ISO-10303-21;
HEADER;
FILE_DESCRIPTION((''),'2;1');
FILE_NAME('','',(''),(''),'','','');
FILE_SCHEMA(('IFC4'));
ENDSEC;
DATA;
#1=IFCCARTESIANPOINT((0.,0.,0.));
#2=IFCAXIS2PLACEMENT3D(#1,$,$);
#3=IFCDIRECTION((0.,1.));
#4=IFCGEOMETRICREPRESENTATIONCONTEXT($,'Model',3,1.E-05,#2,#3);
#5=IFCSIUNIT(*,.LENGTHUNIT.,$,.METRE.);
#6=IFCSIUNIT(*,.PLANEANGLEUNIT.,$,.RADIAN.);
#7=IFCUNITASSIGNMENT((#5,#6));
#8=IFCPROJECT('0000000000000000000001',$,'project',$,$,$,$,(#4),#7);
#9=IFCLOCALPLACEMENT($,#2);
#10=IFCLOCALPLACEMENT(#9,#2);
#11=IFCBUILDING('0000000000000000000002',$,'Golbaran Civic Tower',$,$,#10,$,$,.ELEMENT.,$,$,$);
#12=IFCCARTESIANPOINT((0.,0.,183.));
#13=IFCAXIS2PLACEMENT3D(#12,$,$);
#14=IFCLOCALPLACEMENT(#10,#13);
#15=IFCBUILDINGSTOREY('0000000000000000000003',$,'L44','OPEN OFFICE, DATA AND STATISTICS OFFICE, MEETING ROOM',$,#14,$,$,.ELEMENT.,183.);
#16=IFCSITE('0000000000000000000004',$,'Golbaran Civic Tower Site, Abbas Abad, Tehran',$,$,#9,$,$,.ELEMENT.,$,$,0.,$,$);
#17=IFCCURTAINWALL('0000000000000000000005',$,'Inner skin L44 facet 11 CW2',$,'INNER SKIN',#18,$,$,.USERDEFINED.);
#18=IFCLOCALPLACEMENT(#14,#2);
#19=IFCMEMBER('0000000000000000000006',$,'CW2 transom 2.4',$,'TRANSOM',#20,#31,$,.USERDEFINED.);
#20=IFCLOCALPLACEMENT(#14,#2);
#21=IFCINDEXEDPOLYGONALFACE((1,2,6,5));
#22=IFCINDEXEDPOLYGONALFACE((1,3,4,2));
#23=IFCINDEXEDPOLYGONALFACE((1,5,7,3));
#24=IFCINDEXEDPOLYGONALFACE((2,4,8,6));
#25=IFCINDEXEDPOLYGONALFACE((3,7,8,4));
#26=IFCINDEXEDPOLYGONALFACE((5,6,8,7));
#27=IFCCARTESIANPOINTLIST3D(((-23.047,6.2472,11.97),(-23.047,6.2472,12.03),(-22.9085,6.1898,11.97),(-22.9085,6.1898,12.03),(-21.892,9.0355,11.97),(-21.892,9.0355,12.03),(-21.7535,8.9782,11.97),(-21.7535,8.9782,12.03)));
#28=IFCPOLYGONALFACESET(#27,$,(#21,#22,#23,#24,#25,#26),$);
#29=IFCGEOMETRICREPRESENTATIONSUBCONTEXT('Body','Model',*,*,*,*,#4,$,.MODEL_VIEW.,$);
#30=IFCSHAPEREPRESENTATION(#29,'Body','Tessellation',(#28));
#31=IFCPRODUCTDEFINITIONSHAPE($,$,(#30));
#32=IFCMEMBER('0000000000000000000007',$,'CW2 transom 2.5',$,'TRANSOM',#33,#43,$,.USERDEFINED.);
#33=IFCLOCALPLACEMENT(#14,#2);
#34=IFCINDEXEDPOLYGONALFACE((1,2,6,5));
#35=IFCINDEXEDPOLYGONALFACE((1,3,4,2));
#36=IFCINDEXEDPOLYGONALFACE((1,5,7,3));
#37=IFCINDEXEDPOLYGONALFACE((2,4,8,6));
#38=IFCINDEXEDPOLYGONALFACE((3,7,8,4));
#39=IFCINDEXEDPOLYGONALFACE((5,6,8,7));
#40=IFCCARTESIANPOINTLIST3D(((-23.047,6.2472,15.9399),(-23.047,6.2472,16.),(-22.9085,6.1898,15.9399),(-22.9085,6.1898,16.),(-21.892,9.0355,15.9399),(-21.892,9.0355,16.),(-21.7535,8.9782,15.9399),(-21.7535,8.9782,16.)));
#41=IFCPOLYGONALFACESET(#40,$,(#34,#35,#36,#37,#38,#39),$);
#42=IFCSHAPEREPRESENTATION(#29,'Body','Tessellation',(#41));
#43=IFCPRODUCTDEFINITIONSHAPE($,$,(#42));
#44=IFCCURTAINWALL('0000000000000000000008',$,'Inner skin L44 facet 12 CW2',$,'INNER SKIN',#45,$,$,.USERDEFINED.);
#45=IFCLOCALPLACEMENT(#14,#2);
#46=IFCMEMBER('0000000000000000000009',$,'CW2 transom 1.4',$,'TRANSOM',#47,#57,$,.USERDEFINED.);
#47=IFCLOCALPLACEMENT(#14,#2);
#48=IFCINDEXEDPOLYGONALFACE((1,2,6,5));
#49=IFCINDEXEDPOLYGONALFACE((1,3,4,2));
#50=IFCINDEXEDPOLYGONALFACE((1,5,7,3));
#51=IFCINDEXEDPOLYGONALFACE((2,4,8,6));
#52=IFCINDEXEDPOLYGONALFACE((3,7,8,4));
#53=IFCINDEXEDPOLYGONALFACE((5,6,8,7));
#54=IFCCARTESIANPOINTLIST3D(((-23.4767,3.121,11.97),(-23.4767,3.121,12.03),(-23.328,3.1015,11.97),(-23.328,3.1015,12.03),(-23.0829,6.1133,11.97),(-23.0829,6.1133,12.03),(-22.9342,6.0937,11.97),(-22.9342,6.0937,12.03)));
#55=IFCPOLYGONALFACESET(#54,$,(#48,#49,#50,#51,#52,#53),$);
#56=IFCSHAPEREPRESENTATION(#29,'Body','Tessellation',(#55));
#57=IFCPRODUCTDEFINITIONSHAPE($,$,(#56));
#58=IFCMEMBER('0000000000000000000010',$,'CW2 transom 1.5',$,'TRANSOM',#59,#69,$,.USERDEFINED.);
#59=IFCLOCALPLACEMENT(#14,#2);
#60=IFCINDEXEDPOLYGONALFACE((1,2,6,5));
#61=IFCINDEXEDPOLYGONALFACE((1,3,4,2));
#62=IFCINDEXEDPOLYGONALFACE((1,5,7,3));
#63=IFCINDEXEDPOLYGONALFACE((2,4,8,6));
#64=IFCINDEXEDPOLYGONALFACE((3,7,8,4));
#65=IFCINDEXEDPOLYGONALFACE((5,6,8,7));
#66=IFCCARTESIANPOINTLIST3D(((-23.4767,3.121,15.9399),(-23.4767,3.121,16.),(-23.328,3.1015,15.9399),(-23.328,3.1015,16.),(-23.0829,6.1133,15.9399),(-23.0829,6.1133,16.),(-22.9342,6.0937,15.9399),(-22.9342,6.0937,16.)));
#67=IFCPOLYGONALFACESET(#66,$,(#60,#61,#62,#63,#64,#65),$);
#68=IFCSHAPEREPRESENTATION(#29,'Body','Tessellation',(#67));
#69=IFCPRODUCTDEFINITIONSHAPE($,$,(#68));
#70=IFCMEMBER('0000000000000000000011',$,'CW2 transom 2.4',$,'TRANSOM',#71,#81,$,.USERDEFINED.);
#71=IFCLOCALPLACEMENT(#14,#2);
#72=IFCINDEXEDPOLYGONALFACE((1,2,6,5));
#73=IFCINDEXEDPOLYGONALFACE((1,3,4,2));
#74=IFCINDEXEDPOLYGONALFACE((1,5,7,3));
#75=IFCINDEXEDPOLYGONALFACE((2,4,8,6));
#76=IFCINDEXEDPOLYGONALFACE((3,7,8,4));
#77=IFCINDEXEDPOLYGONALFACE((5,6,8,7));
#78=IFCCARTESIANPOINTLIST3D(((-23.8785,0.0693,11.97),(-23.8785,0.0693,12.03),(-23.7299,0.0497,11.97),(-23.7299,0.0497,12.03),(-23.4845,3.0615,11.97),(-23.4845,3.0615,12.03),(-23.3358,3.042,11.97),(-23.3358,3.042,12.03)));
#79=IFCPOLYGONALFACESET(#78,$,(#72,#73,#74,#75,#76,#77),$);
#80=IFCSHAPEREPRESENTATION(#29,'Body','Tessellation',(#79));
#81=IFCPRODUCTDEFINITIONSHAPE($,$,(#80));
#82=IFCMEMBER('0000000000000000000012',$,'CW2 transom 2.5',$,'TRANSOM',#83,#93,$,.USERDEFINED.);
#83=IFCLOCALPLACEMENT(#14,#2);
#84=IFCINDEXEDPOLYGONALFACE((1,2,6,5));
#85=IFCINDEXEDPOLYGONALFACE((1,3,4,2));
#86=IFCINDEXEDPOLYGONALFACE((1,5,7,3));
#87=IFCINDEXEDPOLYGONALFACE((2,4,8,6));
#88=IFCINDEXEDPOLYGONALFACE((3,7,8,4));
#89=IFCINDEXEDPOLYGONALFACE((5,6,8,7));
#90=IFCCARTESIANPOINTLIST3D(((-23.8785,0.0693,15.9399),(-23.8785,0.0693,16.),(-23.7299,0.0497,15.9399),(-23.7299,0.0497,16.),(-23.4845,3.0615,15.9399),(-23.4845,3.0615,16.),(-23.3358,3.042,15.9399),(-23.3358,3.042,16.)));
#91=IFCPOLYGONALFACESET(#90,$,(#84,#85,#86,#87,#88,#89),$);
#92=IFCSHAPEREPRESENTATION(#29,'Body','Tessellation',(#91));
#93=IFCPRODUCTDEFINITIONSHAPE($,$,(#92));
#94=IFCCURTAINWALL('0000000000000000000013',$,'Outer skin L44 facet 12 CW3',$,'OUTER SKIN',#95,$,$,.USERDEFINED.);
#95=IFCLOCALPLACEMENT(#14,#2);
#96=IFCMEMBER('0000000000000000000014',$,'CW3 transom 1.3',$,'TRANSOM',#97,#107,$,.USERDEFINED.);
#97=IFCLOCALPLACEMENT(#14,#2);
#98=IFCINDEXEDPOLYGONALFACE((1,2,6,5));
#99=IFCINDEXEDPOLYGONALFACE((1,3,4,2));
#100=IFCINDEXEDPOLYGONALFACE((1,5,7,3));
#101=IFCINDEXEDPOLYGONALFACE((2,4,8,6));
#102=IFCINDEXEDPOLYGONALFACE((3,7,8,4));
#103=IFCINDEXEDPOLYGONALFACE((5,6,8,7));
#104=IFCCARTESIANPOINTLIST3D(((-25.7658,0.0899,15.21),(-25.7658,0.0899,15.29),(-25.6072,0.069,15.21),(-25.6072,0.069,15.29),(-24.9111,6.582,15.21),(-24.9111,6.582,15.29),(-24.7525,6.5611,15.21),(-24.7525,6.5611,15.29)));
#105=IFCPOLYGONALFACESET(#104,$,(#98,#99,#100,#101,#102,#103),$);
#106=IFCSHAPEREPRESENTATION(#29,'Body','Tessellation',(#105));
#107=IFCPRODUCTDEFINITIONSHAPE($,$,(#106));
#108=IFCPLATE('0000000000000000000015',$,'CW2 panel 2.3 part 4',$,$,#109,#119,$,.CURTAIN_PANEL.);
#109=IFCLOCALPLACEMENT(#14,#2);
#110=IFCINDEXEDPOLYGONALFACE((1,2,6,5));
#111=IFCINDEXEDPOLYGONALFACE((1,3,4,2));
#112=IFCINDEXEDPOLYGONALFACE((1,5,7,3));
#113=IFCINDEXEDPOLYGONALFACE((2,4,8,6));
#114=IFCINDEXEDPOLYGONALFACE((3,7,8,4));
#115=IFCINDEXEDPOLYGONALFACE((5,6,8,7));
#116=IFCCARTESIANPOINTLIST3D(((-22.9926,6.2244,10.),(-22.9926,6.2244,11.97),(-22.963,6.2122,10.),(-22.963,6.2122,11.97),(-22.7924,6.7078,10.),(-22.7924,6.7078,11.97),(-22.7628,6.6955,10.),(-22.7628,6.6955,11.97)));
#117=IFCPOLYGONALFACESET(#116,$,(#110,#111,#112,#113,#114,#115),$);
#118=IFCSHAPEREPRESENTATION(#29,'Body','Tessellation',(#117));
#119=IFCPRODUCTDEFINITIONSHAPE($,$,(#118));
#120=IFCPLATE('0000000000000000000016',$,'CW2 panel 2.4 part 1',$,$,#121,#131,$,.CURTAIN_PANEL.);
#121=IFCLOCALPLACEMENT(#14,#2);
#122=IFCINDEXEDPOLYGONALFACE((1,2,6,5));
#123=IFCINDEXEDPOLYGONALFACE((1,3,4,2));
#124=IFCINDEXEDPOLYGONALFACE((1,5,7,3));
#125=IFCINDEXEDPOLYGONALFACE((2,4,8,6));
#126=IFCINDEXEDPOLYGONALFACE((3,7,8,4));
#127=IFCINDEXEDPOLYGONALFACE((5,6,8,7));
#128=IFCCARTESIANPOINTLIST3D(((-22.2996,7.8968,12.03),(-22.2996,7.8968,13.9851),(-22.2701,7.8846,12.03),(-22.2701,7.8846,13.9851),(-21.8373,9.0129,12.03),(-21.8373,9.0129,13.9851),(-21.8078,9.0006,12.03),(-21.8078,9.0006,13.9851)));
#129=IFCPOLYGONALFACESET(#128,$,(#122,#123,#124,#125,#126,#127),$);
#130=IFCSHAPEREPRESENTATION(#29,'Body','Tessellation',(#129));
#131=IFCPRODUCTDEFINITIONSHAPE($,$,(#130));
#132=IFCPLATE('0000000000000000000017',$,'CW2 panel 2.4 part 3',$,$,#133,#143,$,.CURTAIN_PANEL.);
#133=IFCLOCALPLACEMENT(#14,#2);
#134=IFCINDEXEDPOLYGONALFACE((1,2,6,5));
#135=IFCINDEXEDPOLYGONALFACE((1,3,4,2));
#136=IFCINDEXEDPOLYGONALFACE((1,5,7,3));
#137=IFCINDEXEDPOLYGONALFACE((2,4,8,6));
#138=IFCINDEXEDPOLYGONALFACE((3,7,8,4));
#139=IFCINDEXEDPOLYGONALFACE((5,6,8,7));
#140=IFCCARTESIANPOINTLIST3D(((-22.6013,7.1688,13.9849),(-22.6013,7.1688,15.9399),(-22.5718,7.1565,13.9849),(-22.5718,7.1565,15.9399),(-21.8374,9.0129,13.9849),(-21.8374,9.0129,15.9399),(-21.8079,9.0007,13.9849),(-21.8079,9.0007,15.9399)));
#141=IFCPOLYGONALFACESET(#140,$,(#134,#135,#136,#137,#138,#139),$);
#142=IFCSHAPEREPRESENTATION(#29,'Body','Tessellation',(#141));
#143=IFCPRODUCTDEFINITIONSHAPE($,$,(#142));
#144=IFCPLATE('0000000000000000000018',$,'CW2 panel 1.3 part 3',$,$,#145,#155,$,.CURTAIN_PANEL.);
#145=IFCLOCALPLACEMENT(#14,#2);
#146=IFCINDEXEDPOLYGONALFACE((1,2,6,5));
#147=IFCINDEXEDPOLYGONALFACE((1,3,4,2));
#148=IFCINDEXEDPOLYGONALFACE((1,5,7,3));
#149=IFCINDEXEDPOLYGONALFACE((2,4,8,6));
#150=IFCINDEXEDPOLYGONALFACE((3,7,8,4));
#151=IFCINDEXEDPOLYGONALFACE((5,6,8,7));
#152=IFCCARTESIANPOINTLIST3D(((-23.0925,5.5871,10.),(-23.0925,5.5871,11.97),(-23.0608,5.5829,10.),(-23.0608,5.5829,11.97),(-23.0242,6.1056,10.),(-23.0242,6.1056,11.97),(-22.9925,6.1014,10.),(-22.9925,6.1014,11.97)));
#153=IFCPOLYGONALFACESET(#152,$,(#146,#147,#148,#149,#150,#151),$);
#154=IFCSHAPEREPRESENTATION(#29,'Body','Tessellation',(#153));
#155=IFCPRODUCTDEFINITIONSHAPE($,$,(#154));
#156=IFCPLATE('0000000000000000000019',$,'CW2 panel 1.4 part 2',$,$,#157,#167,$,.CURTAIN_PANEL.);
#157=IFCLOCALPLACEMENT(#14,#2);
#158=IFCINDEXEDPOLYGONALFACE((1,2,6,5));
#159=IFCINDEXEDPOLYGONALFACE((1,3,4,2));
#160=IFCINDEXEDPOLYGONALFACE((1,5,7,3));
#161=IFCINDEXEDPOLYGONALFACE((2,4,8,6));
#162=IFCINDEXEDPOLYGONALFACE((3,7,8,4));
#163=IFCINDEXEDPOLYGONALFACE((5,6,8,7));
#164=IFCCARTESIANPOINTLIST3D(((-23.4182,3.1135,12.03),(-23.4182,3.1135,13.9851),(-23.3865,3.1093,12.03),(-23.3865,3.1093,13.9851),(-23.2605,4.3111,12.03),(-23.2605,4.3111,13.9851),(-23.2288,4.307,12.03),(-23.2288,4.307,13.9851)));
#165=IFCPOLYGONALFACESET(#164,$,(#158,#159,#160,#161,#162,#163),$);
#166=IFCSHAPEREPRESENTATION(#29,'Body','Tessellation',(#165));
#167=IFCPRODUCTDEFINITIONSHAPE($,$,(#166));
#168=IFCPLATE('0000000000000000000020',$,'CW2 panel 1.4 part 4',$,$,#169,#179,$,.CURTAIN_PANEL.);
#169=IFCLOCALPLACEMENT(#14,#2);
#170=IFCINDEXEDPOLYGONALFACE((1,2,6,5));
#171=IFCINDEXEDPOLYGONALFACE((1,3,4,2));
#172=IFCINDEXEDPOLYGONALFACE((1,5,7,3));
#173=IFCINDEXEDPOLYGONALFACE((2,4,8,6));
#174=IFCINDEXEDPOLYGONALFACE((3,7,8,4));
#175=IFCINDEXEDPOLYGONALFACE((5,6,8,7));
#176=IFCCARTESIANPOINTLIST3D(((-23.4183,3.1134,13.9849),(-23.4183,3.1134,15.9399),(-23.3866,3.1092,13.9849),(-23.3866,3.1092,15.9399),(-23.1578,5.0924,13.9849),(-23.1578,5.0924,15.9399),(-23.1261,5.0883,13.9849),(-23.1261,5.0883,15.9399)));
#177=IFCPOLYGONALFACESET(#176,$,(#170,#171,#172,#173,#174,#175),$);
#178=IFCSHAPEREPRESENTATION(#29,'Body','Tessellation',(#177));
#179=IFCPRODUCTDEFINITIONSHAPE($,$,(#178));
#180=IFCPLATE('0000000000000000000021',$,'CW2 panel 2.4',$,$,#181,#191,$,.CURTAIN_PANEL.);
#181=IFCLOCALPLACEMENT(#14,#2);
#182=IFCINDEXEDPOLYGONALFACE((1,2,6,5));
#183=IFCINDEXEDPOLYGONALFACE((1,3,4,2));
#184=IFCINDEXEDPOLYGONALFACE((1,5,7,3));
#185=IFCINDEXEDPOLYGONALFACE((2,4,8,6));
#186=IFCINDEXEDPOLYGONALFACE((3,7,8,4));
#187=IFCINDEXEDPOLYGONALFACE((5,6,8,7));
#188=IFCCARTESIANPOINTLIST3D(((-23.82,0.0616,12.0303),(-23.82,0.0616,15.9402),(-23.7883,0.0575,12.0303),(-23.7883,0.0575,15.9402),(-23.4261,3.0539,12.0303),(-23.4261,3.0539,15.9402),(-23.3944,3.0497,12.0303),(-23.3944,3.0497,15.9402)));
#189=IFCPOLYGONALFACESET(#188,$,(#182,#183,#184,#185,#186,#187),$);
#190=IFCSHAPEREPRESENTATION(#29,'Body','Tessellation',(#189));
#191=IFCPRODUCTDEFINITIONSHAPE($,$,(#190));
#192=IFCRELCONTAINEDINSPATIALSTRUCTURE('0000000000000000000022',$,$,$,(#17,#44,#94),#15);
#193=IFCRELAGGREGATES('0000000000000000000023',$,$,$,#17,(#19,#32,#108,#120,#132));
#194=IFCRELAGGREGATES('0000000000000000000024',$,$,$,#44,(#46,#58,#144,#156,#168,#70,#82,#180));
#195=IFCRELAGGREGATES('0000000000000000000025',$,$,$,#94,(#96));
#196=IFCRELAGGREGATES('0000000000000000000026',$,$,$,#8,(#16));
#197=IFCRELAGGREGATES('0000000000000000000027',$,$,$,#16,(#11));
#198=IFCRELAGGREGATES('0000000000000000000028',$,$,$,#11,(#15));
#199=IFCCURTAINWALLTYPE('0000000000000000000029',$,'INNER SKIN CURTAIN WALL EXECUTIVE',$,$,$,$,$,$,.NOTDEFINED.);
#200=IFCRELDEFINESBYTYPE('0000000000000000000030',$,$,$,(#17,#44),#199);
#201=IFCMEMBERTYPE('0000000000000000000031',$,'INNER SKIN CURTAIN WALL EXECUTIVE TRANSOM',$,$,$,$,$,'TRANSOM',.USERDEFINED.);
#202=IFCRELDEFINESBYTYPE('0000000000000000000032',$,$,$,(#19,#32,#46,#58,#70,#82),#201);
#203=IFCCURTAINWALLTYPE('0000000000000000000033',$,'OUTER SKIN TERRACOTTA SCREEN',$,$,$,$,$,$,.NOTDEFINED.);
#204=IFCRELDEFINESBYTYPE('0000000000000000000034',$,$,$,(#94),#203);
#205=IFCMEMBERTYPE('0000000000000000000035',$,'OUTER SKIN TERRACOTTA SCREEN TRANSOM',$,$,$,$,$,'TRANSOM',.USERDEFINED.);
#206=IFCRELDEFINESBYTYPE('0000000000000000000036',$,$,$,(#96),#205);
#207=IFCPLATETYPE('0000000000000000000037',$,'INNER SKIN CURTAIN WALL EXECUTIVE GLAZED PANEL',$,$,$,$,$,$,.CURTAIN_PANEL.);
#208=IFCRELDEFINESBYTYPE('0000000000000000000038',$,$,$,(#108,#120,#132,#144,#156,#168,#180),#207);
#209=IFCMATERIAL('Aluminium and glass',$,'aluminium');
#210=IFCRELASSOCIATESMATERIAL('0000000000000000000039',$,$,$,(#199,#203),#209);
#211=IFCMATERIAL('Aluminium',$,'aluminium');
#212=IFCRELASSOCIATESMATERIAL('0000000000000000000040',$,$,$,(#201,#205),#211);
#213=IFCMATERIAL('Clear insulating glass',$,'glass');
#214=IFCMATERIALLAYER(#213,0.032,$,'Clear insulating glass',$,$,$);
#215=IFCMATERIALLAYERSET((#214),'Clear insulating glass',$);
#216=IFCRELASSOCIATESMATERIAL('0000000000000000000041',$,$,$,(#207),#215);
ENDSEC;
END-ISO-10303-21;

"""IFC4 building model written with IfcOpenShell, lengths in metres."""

from ifc_helpers import new_model, si_unit, direction, frame, origin, origin_2d, place, context, subcontext, project, spatial, rectangle, extrude, material, layer, layer_set, material_profile, profile_set, type_object, element, aggregate, save


model = new_model("IFC4")

# Units and contexts
model_context = context("Model", 3, precision=1e-05, world=origin(), true_north=direction((0.0, 1.0)))
body_context = subcontext(model_context, "Body", "Model", "MODEL_VIEW")
ifc_project = project(units=[si_unit("LENGTHUNIT", "METRE"), si_unit("PLANEANGLEUNIT", "RADIAN")], contexts=[model_context])

# Site, building, storey
site_placement = place(None, origin())
site = spatial("IfcSite", under=ifc_project, at=site_placement, Name="Golbaran Civic Tower Site, Abbas Abad, Tehran", CompositionType="ELEMENT", RefElevation=0.0)
building_placement = place(site_placement, origin())
building = spatial("IfcBuilding", under=site, at=building_placement, Name="Golbaran Civic Tower", CompositionType="ELEMENT")
storey_placement = place(building_placement, frame((0.0, 0.0, 183.0)))
storey = spatial("IfcBuildingStorey", under=building, at=storey_placement, Name="L44", Description="OPEN OFFICE, DATA AND STATISTICS OFFICE, MEETING ROOM", CompositionType="ELEMENT", Elevation=183.0)

# Curtain walls, members
ifc_material_1 = material(Name="Aluminium and glass", Category="aluminium")
curtain_wall_type_1 = type_object("IfcCurtainWallType", Name="INNER SKIN CURTAIN WALL EXECUTIVE", PredefinedType="NOTDEFINED", material=ifc_material_1)
curtain_wall_1_placement = place(storey_placement, origin())
curtain_wall_1 = element("IfcCurtainWall", 1, at=curtain_wall_1_placement, inside=storey, type_object=curtain_wall_type_1, Name="Inner skin L44 facet 11 CW2", ObjectType="INNER SKIN", PredefinedType="USERDEFINED")
ifc_material_2 = material(Name="Aluminium", Category="aluminium")
ifc_material_profile_1 = material_profile(ifc_material_2, rectangle(XDim=0.1499, YDim=0.0601, at=origin_2d()), Name="INNER SKIN CURTAIN WALL EXECUTIVE TRANSOM")
ifc_profile_set_1 = profile_set([ifc_material_profile_1], Name="Aluminium")
member_type_1 = type_object("IfcMemberType", Name="INNER SKIN CURTAIN WALL EXECUTIVE TRANSOM", ElementType="TRANSOM", PredefinedType="USERDEFINED", material=ifc_profile_set_1)
member_1_placement = place(storey_placement, frame((-21.8228, 9.0068, 12.0), z_axis=(-0.382702, -0.923872, 0.0), x_axis=(0.923872, -0.382702, 0.0)))
member_1 = element("IfcMember", 2, at=member_1_placement, type_object=member_type_1, Name="CW2 transom 2.4", ObjectType="TRANSOM", PredefinedType="USERDEFINED", context=body_context, shape_type="SweptSolid", body=[
    extrude(rectangle(XDim=0.1499, YDim=0.0601, at=origin_2d()), origin(), (0.0, 0.0, 1.0), 3.0181),
])
member_2_placement = place(storey_placement, frame((-21.8228, 9.0068, 15.97), z_axis=(-0.382702, -0.923872, 0.0), x_axis=(0.923872, -0.382702, 0.0)))
member_2 = element("IfcMember", 3, at=member_2_placement, type_object=member_type_1, Name="CW2 transom 2.5", ObjectType="TRANSOM", PredefinedType="USERDEFINED", context=body_context, shape_type="SweptSolid", body=[
    extrude(rectangle(XDim=0.1499, YDim=0.0601, at=origin_2d()), origin(), (0.0, 0.0, 1.0), 3.0181),
])
curtain_wall_2_placement = place(storey_placement, origin())
curtain_wall_2 = element("IfcCurtainWall", 4, at=curtain_wall_2_placement, inside=storey, type_object=curtain_wall_type_1, Name="Inner skin L44 facet 12 CW2", ObjectType="INNER SKIN", PredefinedType="USERDEFINED")
member_3_placement = place(storey_placement, frame((-23.0085, 6.1035, 12.0), z_axis=(-0.130484, -0.99145, 0.0), x_axis=(0.99145, -0.130484, 0.0)))
member_3 = element("IfcMember", 5, at=member_3_placement, type_object=member_type_1, Name="CW2 transom 1.4", ObjectType="TRANSOM", PredefinedType="USERDEFINED", context=body_context, shape_type="SweptSolid", body=[
    extrude(rectangle(XDim=0.1499, YDim=0.0601, at=origin_2d()), origin(), (0.0, 0.0, 1.0), 3.0181),
])
member_4_placement = place(storey_placement, frame((-23.0085, 6.1035, 15.97), z_axis=(-0.130484, -0.99145, 0.0), x_axis=(0.99145, -0.130484, 0.0)))
member_4 = element("IfcMember", 6, at=member_4_placement, type_object=member_type_1, Name="CW2 transom 1.5", ObjectType="TRANSOM", PredefinedType="USERDEFINED", context=body_context, shape_type="SweptSolid", body=[
    extrude(rectangle(XDim=0.1499, YDim=0.0601, at=origin_2d()), origin(), (0.0, 0.0, 1.0), 3.0181),
])
member_5_placement = place(storey_placement, frame((-23.4102, 3.0518, 12.0), z_axis=(-0.130563, -0.99144, 0.0), x_axis=(0.99144, -0.130563, 0.0)))
member_5 = element("IfcMember", 7, at=member_5_placement, type_object=member_type_1, Name="CW2 transom 2.4", ObjectType="TRANSOM", PredefinedType="USERDEFINED", context=body_context, shape_type="SweptSolid", body=[
    extrude(rectangle(XDim=0.1499, YDim=0.0601, at=origin_2d()), origin(), (0.0, 0.0, 1.0), 3.0181),
])
member_6_placement = place(storey_placement, frame((-23.4102, 3.0518, 15.97), z_axis=(-0.130563, -0.99144, 0.0), x_axis=(0.99144, -0.130563, 0.0)))
member_6 = element("IfcMember", 8, at=member_6_placement, type_object=member_type_1, Name="CW2 transom 2.5", ObjectType="TRANSOM", PredefinedType="USERDEFINED", context=body_context, shape_type="SweptSolid", body=[
    extrude(rectangle(XDim=0.1499, YDim=0.0601, at=origin_2d()), origin(), (0.0, 0.0, 1.0), 3.0181),
])

# Curtain wall, member
curtain_wall_type_2 = type_object("IfcCurtainWallType", Name="OUTER SKIN TERRACOTTA SCREEN", PredefinedType="NOTDEFINED", material=ifc_material_1)
curtain_wall_3_placement = place(storey_placement, origin())
curtain_wall_3 = element("IfcCurtainWall", 9, at=curtain_wall_3_placement, inside=storey, type_object=curtain_wall_type_2, Name="Outer skin L44 facet 12 CW3", ObjectType="OUTER SKIN", PredefinedType="USERDEFINED")
ifc_material_profile_2 = material_profile(ifc_material_2, rectangle(XDim=0.1599, YDim=0.0801, at=origin_2d()), Name="OUTER SKIN TERRACOTTA SCREEN TRANSOM")
ifc_profile_set_2 = profile_set([ifc_material_profile_2], Name="Aluminium")
member_type_2 = type_object("IfcMemberType", Name="OUTER SKIN TERRACOTTA SCREEN TRANSOM", ElementType="TRANSOM", PredefinedType="USERDEFINED", material=ifc_profile_set_2)
member_7_placement = place(storey_placement, frame((-24.8318, 6.5715, 15.25), z_axis=(-0.13053, -0.991444, 0.0), x_axis=(0.991444, -0.13053, 0.0)))
member_7 = element("IfcMember", 10, at=member_7_placement, type_object=member_type_2, Name="CW3 transom 1.3", ObjectType="TRANSOM", PredefinedType="USERDEFINED", context=body_context, shape_type="SweptSolid", body=[
    extrude(rectangle(XDim=0.1599, YDim=0.0801, at=origin_2d()), origin(), (0.0, 0.0, 1.0), 6.5481),
])

# Plates
ifc_material_3 = material(Name="Clear insulating glass", Category="glass")
ifc_layer_1 = layer(ifc_material_3, 0.032, Name="Clear insulating glass")
ifc_layer_set_1 = layer_set([ifc_layer_1], Name="Clear insulating glass")
plate_type_1 = type_object("IfcPlateType", Name="INNER SKIN CURTAIN WALL EXECUTIVE GLAZED PANEL", PredefinedType="CURTAIN_PANEL", material=ifc_layer_set_1)
plate_1_placement = place(storey_placement, frame((-22.8777, 6.46, 10.0), z_axis=(0.0, 0.0, 1.0), x_axis=(-0.382683, -0.92388, 0.0)))
plate_1 = element("IfcPlate", 11, at=plate_1_placement, type_object=plate_type_1, Name="CW2 panel 2.3 part 4", PredefinedType="CURTAIN_PANEL", context=body_context, shape_type="SweptSolid", body=[
    extrude(rectangle(XDim=0.5232, YDim=0.032, at=origin_2d()), origin(), (0.0, 0.0, 1.0), 1.97),
])
plate_2_placement = place(storey_placement, frame((-22.0537, 8.4487, 12.03), z_axis=(0.0, 0.0, 1.0), x_axis=(-0.382683, -0.92388, 0.0)))
plate_2 = element("IfcPlate", 12, at=plate_2_placement, type_object=plate_type_1, Name="CW2 panel 2.4 part 1", PredefinedType="CURTAIN_PANEL", context=body_context, shape_type="SweptSolid", body=[
    extrude(rectangle(XDim=1.208, YDim=0.032, at=origin_2d()), origin(), (0.0, 0.0, 1.0), 1.9551),
])
plate_3_placement = place(storey_placement, frame((-22.2046, 8.0847, 13.9849), z_axis=(0.0, 0.0, 1.0), x_axis=(-0.382683, -0.92388, 0.0)))
plate_3 = element("IfcPlate", 13, at=plate_3_placement, type_object=plate_type_1, Name="CW2 panel 2.4 part 3", PredefinedType="CURTAIN_PANEL", context=body_context, shape_type="SweptSolid", body=[
    extrude(rectangle(XDim=1.9961, YDim=0.032, at=origin_2d()), origin(), (0.0, 0.0, 1.0), 1.9551),
])
plate_4_placement = place(storey_placement, frame((-23.0425, 5.8442, 10.0), z_axis=(0.0, 0.0, 1.0), x_axis=(-0.130526, -0.991445, 0.0)))
plate_4 = element("IfcPlate", 14, at=plate_4_placement, type_object=plate_type_1, Name="CW2 panel 1.3 part 3", PredefinedType="CURTAIN_PANEL", context=body_context, shape_type="SweptSolid", body=[
    extrude(rectangle(XDim=0.5229, YDim=0.032, at=origin_2d()), origin(), (0.0, 0.0, 1.0), 1.97),
])
plate_5_placement = place(storey_placement, frame((-23.3235, 3.7102, 12.03), z_axis=(0.0, 0.0, 1.0), x_axis=(-0.130526, -0.991445, 0.0)))
plate_5 = element("IfcPlate", 15, at=plate_5_placement, type_object=plate_type_1, Name="CW2 panel 1.4 part 2", PredefinedType="CURTAIN_PANEL", context=body_context, shape_type="SweptSolid", body=[
    extrude(rectangle(XDim=1.208, YDim=0.032, at=origin_2d()), origin(), (0.0, 0.0, 1.0), 1.9551),
])
plate_6_placement = place(storey_placement, frame((-23.2722, 4.1008, 13.9849), z_axis=(0.0, 0.0, 1.0), x_axis=(-0.130526, -0.991445, 0.0)))
plate_6 = element("IfcPlate", 16, at=plate_6_placement, type_object=plate_type_1, Name="CW2 panel 1.4 part 4", PredefinedType="CURTAIN_PANEL", context=body_context, shape_type="SweptSolid", body=[
    extrude(rectangle(XDim=1.9961, YDim=0.032, at=origin_2d()), origin(), (0.0, 0.0, 1.0), 1.9551),
])
plate_7_placement = place(storey_placement, frame((-23.6072, 1.5557, 12.0303), z_axis=(0.0, 0.0, 1.0), x_axis=(-0.130526, -0.991445, 0.0)))
plate_7 = element("IfcPlate", 17, at=plate_7_placement, type_object=plate_type_1, Name="CW2 panel 2.4", PredefinedType="CURTAIN_PANEL", context=body_context, shape_type="SweptSolid", body=[
    extrude(rectangle(XDim=3.0181, YDim=0.032, at=origin_2d()), origin(), (0.0, 0.0, 1.0), 3.9099),
])
aggregate(curtain_wall_1, [member_1, member_2, plate_1, plate_2, plate_3])
aggregate(curtain_wall_2, [member_3, member_4, plate_4, plate_5, plate_6, member_5, member_6, plate_7])
aggregate(curtain_wall_3, [member_7])

save(model, "model.ifc")
